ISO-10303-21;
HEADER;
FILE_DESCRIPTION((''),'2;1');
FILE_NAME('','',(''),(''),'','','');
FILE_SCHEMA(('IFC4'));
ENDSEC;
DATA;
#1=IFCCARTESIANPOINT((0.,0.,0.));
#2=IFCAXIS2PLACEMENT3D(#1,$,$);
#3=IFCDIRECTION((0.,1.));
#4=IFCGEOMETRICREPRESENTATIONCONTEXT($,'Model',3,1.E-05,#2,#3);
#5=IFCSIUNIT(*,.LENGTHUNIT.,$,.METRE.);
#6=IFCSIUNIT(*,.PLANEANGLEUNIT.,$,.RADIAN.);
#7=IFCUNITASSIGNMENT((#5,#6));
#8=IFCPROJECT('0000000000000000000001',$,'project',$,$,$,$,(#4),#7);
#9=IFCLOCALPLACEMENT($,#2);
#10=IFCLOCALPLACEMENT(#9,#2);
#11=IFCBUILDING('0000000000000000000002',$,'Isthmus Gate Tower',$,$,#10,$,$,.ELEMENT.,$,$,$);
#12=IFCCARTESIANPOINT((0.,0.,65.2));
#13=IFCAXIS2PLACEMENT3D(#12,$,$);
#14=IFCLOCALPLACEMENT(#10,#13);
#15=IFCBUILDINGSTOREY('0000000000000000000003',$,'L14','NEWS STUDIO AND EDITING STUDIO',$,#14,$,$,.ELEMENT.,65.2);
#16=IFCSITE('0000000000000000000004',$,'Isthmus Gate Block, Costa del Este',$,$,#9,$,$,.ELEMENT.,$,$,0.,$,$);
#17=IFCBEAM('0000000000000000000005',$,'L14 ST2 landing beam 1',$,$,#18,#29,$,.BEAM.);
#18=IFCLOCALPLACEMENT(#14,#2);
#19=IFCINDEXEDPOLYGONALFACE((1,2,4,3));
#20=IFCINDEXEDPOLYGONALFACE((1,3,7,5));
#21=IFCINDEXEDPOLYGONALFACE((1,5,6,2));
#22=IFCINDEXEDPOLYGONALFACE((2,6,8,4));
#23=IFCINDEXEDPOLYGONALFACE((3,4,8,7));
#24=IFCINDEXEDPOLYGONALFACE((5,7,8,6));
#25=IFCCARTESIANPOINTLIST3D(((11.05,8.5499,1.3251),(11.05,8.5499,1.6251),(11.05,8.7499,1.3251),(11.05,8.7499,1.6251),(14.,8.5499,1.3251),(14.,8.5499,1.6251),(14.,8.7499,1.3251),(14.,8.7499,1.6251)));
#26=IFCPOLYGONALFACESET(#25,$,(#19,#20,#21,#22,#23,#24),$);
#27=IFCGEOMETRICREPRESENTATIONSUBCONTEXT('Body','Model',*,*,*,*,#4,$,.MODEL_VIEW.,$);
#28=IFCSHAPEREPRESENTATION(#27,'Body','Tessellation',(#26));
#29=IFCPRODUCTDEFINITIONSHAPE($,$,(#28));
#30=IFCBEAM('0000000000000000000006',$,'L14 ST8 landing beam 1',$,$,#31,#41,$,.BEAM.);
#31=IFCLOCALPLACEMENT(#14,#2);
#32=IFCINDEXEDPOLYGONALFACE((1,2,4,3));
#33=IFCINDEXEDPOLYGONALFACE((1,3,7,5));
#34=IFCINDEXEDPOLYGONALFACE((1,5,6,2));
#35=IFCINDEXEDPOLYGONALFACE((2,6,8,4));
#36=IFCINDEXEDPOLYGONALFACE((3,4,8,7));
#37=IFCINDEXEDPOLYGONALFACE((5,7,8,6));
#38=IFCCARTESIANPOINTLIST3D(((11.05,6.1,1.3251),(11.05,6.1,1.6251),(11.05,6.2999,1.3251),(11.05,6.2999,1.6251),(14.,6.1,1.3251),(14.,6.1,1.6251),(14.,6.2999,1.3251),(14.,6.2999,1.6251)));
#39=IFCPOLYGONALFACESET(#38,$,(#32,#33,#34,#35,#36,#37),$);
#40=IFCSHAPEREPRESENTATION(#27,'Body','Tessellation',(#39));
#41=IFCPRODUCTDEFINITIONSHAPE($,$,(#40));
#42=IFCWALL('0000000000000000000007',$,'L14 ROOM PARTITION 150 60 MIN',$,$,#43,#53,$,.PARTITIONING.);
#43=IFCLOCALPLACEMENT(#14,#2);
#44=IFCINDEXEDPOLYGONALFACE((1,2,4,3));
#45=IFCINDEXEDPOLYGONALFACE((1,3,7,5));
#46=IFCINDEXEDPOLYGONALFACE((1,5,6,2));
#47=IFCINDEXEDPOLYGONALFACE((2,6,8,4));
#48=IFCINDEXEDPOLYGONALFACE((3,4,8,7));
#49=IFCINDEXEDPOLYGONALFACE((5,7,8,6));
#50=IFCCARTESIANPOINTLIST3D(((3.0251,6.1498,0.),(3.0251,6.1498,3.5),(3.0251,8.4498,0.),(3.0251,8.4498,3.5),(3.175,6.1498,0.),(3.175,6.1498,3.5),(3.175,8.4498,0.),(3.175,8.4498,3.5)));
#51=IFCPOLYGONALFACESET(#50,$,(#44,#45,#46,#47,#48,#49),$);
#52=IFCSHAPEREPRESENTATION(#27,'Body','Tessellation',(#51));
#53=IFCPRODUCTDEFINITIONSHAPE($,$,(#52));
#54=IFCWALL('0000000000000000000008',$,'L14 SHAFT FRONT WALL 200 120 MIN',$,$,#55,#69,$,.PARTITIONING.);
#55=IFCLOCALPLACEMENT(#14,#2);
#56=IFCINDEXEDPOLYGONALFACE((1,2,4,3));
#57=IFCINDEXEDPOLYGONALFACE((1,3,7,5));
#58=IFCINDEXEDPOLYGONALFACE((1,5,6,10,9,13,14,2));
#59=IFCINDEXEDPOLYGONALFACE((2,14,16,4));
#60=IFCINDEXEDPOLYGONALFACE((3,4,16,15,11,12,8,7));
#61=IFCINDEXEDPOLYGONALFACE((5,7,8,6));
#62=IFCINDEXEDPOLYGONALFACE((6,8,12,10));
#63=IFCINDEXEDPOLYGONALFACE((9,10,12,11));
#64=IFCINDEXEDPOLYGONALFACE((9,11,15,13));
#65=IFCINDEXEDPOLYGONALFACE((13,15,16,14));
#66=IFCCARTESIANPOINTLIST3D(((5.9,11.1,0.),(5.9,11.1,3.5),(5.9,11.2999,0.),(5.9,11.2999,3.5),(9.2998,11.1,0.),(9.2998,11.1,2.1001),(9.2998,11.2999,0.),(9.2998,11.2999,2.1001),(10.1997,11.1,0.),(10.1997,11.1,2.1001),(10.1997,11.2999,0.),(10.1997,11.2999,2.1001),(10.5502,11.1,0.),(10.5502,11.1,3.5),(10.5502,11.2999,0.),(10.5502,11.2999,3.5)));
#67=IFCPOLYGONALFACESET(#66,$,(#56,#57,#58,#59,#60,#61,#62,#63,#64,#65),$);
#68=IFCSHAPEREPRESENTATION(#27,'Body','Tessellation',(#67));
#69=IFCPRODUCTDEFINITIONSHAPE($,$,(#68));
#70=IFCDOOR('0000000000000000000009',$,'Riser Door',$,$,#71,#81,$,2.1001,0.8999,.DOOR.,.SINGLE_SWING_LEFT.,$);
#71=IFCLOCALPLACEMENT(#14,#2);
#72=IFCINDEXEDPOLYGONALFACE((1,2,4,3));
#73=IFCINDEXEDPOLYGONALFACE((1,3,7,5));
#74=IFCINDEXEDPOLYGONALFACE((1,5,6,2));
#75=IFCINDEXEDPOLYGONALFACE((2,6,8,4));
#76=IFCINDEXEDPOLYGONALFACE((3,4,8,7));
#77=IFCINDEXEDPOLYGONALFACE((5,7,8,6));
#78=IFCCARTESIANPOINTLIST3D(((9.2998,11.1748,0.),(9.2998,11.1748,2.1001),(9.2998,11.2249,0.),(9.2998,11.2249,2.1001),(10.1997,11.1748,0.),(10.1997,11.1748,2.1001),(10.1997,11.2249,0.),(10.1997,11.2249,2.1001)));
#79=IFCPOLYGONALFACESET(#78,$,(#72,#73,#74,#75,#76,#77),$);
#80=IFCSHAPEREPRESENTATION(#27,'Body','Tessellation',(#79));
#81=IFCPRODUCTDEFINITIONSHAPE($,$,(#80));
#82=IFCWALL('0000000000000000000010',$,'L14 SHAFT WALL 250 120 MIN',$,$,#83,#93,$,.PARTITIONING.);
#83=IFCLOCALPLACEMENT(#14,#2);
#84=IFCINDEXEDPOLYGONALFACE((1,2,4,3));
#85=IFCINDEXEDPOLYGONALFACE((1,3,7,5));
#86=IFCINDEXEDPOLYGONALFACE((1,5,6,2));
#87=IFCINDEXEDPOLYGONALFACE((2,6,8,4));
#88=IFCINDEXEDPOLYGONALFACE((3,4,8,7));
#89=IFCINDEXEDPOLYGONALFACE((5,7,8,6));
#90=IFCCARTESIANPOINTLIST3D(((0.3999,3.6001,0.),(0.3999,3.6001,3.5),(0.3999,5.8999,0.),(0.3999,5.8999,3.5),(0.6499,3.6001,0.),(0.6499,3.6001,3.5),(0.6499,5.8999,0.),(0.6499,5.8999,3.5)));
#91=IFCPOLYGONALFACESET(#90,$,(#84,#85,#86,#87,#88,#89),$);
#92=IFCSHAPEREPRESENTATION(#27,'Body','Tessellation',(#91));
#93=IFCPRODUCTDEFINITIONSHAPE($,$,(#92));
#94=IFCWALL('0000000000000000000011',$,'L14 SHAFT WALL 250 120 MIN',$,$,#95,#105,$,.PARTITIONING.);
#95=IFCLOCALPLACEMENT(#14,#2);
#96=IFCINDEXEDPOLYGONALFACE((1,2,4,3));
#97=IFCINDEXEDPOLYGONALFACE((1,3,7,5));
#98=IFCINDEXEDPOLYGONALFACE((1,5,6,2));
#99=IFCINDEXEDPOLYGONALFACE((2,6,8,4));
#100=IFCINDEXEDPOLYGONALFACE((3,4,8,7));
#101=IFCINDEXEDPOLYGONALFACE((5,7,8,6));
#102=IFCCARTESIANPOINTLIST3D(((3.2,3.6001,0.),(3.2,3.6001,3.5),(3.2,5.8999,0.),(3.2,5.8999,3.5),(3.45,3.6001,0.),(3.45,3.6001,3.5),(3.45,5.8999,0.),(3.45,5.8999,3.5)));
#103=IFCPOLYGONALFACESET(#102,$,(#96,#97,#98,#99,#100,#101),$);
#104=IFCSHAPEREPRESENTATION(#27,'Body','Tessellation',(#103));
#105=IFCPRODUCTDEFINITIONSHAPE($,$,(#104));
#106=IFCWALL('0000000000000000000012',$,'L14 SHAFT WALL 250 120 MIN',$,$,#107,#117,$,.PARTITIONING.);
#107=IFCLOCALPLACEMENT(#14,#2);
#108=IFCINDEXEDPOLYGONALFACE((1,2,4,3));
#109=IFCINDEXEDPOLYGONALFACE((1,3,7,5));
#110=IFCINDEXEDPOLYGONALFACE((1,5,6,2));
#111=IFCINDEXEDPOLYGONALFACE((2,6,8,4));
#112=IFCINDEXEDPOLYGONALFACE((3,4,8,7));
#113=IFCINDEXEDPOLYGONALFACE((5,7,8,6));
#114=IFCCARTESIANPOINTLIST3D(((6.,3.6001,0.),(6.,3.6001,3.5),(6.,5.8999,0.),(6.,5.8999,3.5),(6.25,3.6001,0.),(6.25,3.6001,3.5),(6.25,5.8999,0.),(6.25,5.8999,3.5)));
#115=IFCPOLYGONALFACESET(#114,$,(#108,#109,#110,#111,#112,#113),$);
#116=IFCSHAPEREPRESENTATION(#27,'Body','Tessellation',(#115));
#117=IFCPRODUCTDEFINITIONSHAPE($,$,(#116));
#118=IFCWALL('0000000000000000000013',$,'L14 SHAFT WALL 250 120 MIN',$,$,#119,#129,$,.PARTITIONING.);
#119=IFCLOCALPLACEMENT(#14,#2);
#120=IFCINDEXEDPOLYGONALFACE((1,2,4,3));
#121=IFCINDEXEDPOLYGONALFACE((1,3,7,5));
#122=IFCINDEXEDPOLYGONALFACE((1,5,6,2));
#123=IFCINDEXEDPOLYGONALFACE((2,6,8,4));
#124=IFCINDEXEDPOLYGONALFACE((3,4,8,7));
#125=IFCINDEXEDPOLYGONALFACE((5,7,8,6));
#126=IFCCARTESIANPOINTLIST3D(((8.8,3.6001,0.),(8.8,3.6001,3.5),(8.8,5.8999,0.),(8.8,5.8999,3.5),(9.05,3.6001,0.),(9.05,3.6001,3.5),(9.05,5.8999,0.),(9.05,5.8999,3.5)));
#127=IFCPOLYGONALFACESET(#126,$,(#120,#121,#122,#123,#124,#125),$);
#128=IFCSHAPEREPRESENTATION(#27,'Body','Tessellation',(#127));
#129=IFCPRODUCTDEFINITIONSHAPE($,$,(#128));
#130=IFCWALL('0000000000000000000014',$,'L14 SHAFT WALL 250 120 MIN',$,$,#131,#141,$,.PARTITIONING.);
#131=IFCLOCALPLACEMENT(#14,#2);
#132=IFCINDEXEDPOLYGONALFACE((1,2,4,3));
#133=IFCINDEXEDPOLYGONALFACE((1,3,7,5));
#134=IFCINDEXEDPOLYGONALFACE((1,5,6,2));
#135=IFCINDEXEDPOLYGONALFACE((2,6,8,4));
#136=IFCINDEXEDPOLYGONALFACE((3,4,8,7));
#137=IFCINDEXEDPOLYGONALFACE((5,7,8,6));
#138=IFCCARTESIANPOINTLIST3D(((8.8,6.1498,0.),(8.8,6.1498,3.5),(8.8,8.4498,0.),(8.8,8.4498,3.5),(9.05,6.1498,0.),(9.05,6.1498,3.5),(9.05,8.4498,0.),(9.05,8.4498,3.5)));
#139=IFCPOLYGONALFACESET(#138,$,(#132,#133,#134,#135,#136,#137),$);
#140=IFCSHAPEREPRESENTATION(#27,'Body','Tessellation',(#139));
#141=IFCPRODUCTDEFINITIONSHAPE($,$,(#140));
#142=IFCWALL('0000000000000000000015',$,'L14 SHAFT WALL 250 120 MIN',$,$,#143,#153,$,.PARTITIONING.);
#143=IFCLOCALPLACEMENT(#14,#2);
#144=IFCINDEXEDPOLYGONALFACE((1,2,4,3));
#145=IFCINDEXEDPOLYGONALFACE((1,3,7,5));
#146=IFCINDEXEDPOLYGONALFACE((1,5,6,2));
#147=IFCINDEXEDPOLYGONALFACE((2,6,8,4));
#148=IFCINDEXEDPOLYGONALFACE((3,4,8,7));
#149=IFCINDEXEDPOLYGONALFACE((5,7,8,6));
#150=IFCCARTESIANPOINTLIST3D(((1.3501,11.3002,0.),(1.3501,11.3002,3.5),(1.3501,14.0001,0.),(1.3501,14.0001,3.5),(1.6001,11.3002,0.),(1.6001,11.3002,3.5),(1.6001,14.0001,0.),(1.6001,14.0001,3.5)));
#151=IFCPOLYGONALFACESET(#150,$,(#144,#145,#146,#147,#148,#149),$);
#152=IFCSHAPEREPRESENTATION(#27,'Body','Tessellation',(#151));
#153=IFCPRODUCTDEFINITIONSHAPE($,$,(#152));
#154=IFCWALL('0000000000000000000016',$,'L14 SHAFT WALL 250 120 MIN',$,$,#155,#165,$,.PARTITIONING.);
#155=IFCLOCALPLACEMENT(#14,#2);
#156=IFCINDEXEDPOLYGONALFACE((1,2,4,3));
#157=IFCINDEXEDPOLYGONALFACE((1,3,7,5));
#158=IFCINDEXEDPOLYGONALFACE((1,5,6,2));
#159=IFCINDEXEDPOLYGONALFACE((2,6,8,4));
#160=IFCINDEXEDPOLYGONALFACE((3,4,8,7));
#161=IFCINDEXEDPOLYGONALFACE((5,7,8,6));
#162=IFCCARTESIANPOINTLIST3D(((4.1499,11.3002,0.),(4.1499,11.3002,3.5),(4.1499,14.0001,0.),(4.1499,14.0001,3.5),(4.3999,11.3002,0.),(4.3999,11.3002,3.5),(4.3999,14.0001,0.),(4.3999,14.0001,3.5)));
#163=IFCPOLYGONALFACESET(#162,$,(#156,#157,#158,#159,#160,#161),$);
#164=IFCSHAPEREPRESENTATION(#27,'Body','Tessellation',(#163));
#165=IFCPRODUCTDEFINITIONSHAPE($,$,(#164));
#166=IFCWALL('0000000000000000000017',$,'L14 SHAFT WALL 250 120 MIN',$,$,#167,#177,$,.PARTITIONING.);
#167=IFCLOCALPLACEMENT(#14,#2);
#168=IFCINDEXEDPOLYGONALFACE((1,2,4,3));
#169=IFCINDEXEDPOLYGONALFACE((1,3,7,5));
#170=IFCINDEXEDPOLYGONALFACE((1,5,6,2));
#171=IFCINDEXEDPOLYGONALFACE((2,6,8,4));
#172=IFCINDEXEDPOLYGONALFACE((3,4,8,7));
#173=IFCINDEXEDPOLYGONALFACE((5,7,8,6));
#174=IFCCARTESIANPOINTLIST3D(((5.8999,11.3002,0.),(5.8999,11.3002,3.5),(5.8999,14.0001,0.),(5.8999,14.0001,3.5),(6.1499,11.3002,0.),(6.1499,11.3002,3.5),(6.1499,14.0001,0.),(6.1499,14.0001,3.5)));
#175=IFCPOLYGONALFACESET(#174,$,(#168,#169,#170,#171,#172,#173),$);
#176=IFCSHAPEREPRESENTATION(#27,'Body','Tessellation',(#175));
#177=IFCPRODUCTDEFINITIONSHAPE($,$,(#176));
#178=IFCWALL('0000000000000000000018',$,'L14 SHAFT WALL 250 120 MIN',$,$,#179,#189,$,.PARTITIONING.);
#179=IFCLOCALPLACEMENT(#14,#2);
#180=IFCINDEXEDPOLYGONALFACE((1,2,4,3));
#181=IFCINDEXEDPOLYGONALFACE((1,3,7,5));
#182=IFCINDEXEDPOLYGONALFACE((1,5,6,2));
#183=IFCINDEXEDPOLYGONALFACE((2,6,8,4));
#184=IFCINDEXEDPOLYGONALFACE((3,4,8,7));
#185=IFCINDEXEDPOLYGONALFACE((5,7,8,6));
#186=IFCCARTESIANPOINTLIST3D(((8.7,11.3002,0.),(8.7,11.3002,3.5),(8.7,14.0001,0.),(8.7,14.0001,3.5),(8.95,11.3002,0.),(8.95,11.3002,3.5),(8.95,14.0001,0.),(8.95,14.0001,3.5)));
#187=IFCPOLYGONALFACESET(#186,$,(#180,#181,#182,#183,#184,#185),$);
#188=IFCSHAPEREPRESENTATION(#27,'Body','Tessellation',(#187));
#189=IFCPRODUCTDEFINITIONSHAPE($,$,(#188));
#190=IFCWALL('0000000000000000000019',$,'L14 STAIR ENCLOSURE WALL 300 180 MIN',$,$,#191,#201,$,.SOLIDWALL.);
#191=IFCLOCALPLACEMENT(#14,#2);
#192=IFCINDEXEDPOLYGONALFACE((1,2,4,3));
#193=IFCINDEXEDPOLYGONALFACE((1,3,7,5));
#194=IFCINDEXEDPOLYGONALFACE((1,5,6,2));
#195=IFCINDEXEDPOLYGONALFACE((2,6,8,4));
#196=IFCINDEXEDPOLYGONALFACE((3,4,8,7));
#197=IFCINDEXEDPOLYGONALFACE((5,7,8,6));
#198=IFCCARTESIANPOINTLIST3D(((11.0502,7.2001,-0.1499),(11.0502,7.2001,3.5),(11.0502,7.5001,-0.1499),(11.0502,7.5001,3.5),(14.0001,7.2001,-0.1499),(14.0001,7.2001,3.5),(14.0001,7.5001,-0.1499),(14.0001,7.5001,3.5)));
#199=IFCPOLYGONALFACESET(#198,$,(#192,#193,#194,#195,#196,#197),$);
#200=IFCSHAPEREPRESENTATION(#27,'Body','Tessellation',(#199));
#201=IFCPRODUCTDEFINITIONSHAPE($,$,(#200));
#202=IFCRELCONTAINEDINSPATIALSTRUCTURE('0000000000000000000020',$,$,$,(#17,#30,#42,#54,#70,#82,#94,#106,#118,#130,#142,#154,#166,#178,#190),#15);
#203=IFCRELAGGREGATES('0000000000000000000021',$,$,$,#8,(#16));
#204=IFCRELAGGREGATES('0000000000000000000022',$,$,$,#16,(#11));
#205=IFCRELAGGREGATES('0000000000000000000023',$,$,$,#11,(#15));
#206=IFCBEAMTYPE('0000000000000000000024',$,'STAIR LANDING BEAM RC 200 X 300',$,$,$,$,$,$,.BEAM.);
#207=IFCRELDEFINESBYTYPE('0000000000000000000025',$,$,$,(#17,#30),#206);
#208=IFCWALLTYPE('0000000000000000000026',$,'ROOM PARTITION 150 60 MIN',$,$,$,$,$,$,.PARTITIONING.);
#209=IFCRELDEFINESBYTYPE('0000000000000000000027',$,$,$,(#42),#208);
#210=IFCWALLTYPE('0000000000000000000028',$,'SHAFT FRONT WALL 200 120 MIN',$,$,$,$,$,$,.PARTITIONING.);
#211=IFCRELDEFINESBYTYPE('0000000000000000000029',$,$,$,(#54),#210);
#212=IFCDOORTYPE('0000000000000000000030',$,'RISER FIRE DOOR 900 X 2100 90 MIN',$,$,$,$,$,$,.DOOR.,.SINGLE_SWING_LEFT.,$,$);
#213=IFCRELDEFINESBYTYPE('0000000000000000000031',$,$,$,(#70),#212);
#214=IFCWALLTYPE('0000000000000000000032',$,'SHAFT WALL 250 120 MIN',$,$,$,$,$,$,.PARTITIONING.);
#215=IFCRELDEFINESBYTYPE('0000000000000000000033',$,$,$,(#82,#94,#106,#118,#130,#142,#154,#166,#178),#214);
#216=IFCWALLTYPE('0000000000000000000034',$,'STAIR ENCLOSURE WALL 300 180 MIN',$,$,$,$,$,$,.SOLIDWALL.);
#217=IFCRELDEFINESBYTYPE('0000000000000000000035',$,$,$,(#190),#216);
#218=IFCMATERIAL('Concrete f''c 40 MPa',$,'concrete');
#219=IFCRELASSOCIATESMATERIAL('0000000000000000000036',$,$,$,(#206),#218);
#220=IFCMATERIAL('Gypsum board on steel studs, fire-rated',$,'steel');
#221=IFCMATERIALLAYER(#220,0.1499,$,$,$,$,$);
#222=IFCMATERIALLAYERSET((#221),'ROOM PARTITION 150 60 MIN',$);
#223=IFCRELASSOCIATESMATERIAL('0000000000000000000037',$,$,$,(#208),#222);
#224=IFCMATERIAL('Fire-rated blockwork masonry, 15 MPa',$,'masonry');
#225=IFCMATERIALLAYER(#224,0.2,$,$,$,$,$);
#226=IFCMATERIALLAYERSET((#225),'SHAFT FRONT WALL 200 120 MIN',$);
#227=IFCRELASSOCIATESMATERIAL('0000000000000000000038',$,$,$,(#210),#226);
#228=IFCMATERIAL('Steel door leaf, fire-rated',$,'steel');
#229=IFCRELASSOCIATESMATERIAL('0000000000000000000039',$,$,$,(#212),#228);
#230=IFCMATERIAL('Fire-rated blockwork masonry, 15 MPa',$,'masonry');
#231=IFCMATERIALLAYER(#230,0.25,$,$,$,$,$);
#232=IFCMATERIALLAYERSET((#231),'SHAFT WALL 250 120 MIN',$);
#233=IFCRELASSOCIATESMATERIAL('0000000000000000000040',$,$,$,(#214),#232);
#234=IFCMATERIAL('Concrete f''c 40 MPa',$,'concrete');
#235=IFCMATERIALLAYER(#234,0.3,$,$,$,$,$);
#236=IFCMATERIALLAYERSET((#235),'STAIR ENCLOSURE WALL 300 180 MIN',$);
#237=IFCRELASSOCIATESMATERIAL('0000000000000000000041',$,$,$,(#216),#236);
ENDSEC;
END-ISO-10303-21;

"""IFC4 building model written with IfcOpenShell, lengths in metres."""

from ifc_helpers import new_model, si_unit, direction, frame, frame_2d, origin, origin_2d, place, context, subcontext, project, spatial, rectangle, extrude, material, layer, layer_set, material_profile, profile_set, type_object, element, fill, save


model = new_model("IFC4")

# Units and contexts
model_context = context("Model", 3, precision=1e-05, world=origin(), true_north=direction((0.0, 1.0)))
body_context = subcontext(model_context, "Body", "Model", "MODEL_VIEW")
ifc_project = project(units=[si_unit("LENGTHUNIT", "METRE"), si_unit("PLANEANGLEUNIT", "RADIAN")], contexts=[model_context])

# Site, building, storey
site_placement = place(None, origin())
site = spatial("IfcSite", under=ifc_project, at=site_placement, Name="Isthmus Gate Block, Costa del Este", CompositionType="ELEMENT", RefElevation=0.0)
building_placement = place(site_placement, origin())
building = spatial("IfcBuilding", under=site, at=building_placement, Name="Isthmus Gate Tower", CompositionType="ELEMENT")
storey_placement = place(building_placement, frame((0.0, 0.0, 65.2)))
storey = spatial("IfcBuildingStorey", under=building, at=storey_placement, Name="L14", Description="NEWS STUDIO AND EDITING STUDIO", CompositionType="ELEMENT", Elevation=65.2)

# Beams
ifc_material_1 = material(Name="Concrete f'c 40 MPa", Category="concrete")
ifc_material_profile = material_profile(ifc_material_1, rectangle(XDim=0.2, YDim=0.3, at=origin_2d()), Name="STAIR LANDING BEAM RC 200 X 300")
ifc_profile_set = profile_set([ifc_material_profile], Name="Concrete f'c 40 MPa")
beam_type = type_object("IfcBeamType", Name="STAIR LANDING BEAM RC 200 X 300", PredefinedType="BEAM", material=ifc_profile_set)
for number, where, z_axis, x_axis, name in (
    (1, (11.05, 8.6499, 1.4751), (1.0, 0.0, 0.0), (0.0, 1.0, 0.0), "L14 ST2 landing beam 1"),
    (2, (11.05, 6.2, 1.4751), (1.0, 0.0, 0.0), (0.0, 1.0, 0.0), "L14 ST8 landing beam 1"),
):
    element("IfcBeam", number, at=place(storey_placement, frame(where, z_axis=z_axis, x_axis=x_axis)), inside=storey, type_object=beam_type, Name=name, PredefinedType="BEAM", context=body_context, shape_type="SweptSolid", body=[
        extrude(rectangle(XDim=0.2, YDim=0.3, at=origin_2d()), origin(), (0.0, 0.0, 1.0), 2.95),
    ])

# Wall
ifc_material_2 = material(Name="Gypsum board on steel studs, fire-rated", Category="steel")
ifc_layer_1 = layer(ifc_material_2, 0.1499)
ifc_layer_set_1 = layer_set([ifc_layer_1], Name="ROOM PARTITION 150 60 MIN")
wall_type_1 = type_object("IfcWallType", Name="ROOM PARTITION 150 60 MIN", PredefinedType="PARTITIONING", material=ifc_layer_set_1)
wall_1_placement = place(storey_placement, frame((3.1001, 6.1499, 0.0), z_axis=(0.0, 0.0, 1.0), x_axis=(0.0, 1.0, 0.0)))
element("IfcWall", 3, at=wall_1_placement, inside=storey, type_object=wall_type_1, Name="L14 ROOM PARTITION 150 60 MIN", PredefinedType="PARTITIONING", context=body_context, shape_type="SweptSolid", body=[
    extrude(rectangle(XDim=2.3, YDim=0.1499, at=frame_2d((1.1499, 0.0))), origin(), (0.0, 0.0, 1.0), 3.5),
])

# Wall, opening, door
ifc_material_3 = material(Name="Fire-rated blockwork masonry, 15 MPa", Category="masonry")
ifc_layer_2 = layer(ifc_material_3, 0.2)
ifc_layer_set_2 = layer_set([ifc_layer_2], Name="SHAFT FRONT WALL 200 120 MIN")
wall_type_2 = type_object("IfcWallType", Name="SHAFT FRONT WALL 200 120 MIN", PredefinedType="PARTITIONING", material=ifc_layer_set_2)
wall_2_placement = place(storey_placement, frame((5.8999, 11.2, 0.0), z_axis=(0.0, 0.0, 1.0), x_axis=(1.0, 0.0, 0.0)))
wall_2 = element("IfcWall", 4, at=wall_2_placement, inside=storey, type_object=wall_type_2, Name="L14 SHAFT FRONT WALL 200 120 MIN", PredefinedType="PARTITIONING", context=body_context, shape_type="SweptSolid", body=[
    extrude(rectangle(XDim=4.6501, YDim=0.2, at=frame_2d((2.3252, 0.0))), origin(), (0.0, 0.0, 1.0), 3.5),
])
opening_placement = place(wall_2_placement, frame((3.3999, 0.0, 0.0)))
opening = element("IfcOpeningElement", 5, at=opening_placement, cuts=wall_2, PredefinedType="OPENING", context=body_context, shape_type="SweptSolid", body=[
    extrude(rectangle(XDim=0.8999, YDim=2.1001, at=frame_2d((0.45, 1.05))), frame((0.0, 0.1099, 0.0), z_axis=(0.0, -1.0, 0.0), x_axis=(1.0, 0.0, 0.0)), (0.0, 0.0, 1.0), 0.22),
])
ifc_material_4 = material(Name="Steel door leaf, fire-rated", Category="steel")
door_type = type_object("IfcDoorType", Name="RISER FIRE DOOR 900 X 2100 90 MIN", OperationType="SINGLE_SWING_LEFT", PredefinedType="DOOR", material=ifc_material_4)
door_placement = place(opening_placement, origin())
door = element("IfcDoor", 6, at=door_placement, inside=storey, type_object=door_type, Name="Riser Door", OperationType="SINGLE_SWING_LEFT", OverallHeight=2.1001, OverallWidth=0.8999, PredefinedType="DOOR", context=body_context, shape_type="SweptSolid", body=[
    extrude(rectangle(XDim=0.8999, YDim=2.1001, at=frame_2d((0.45, 1.05))), frame((0.0, 0.0249, 0.0), z_axis=(0.0, -1.0, 0.0), x_axis=(1.0, 0.0, 0.0)), (0.0, 0.0, 1.0), 0.05),
])
fill(opening, door)

# Walls
ifc_material_5 = material(Name="Fire-rated blockwork masonry, 15 MPa", Category="masonry")
ifc_layer_3 = layer(ifc_material_5, 0.25)
ifc_layer_set_3 = layer_set([ifc_layer_3], Name="SHAFT WALL 250 120 MIN")
wall_type_3 = type_object("IfcWallType", Name="SHAFT WALL 250 120 MIN", PredefinedType="PARTITIONING", material=ifc_layer_set_3)
for number, where, z_axis, x_axis, name in (
    (7, (0.5249, 3.6001, 0.0), (0.0, 0.0, 1.0), (0.0, 1.0, 0.0), "L14 SHAFT WALL 250 120 MIN"),
    (8, (3.325, 3.6001, 0.0), (0.0, 0.0, 1.0), (0.0, 1.0, 0.0), "L14 SHAFT WALL 250 120 MIN"),
    (9, (6.125, 3.6001, 0.0), (0.0, 0.0, 1.0), (0.0, 1.0, 0.0), "L14 SHAFT WALL 250 120 MIN"),
    (10, (8.925, 3.6001, 0.0), (0.0, 0.0, 1.0), (0.0, 1.0, 0.0), "L14 SHAFT WALL 250 120 MIN"),
):
    element("IfcWall", number, at=place(storey_placement, frame(where, z_axis=z_axis, x_axis=x_axis)), inside=storey, type_object=wall_type_3, Name=name, PredefinedType="PARTITIONING", context=body_context, shape_type="SweptSolid", body=[
        extrude(rectangle(XDim=2.2998, YDim=0.25, at=frame_2d((1.1499, 0.0))), origin(), (0.0, 0.0, 1.0), 3.5),
    ])
wall_3_placement = place(storey_placement, frame((8.925, 6.1499, 0.0), z_axis=(0.0, 0.0, 1.0), x_axis=(0.0, 1.0, 0.0)))
element("IfcWall", 11, at=wall_3_placement, inside=storey, type_object=wall_type_3, Name="L14 SHAFT WALL 250 120 MIN", PredefinedType="PARTITIONING", context=body_context, shape_type="SweptSolid", body=[
    extrude(rectangle(XDim=2.3, YDim=0.25, at=frame_2d((1.1499, 0.0))), origin(), (0.0, 0.0, 1.0), 3.5),
])
for number, where, z_axis, x_axis, name in (
    (12, (1.4751, 11.3, 0.0), (0.0, 0.0, 1.0), (0.0, 1.0, 0.0), "L14 SHAFT WALL 250 120 MIN"),
    (13, (4.2749, 11.3, 0.0), (0.0, 0.0, 1.0), (0.0, 1.0, 0.0), "L14 SHAFT WALL 250 120 MIN"),
    (14, (6.0249, 11.3, 0.0), (0.0, 0.0, 1.0), (0.0, 1.0, 0.0), "L14 SHAFT WALL 250 120 MIN"),
    (15, (8.825, 11.3, 0.0), (0.0, 0.0, 1.0), (0.0, 1.0, 0.0), "L14 SHAFT WALL 250 120 MIN"),
):
    element("IfcWall", number, at=place(storey_placement, frame(where, z_axis=z_axis, x_axis=x_axis)), inside=storey, type_object=wall_type_3, Name=name, PredefinedType="PARTITIONING", context=body_context, shape_type="SweptSolid", body=[
        extrude(rectangle(XDim=2.7, YDim=0.25, at=frame_2d((1.3501, 0.0))), origin(), (0.0, 0.0, 1.0), 3.5),
    ])
ifc_material_6 = material(Name="Concrete f'c 40 MPa", Category="concrete")
ifc_layer_4 = layer(ifc_material_6, 0.3)
ifc_layer_set_4 = layer_set([ifc_layer_4], Name="STAIR ENCLOSURE WALL 300 180 MIN")
wall_type_4 = type_object("IfcWallType", Name="STAIR ENCLOSURE WALL 300 180 MIN", PredefinedType="SOLIDWALL", material=ifc_layer_set_4)
wall_4_placement = place(storey_placement, frame((11.05, 7.3501, -0.1499), z_axis=(0.0, 0.0, 1.0), x_axis=(1.0, 0.0, 0.0)))
element("IfcWall", 16, at=wall_4_placement, inside=storey, type_object=wall_type_4, Name="L14 STAIR ENCLOSURE WALL 300 180 MIN", PredefinedType="SOLIDWALL", context=body_context, shape_type="SweptSolid", body=[
    extrude(rectangle(XDim=2.95, YDim=0.3, at=frame_2d((1.4751, 0.0))), origin(), (0.0, 0.0, 1.0), 3.6499),
])

save(model, "model.ifc")
